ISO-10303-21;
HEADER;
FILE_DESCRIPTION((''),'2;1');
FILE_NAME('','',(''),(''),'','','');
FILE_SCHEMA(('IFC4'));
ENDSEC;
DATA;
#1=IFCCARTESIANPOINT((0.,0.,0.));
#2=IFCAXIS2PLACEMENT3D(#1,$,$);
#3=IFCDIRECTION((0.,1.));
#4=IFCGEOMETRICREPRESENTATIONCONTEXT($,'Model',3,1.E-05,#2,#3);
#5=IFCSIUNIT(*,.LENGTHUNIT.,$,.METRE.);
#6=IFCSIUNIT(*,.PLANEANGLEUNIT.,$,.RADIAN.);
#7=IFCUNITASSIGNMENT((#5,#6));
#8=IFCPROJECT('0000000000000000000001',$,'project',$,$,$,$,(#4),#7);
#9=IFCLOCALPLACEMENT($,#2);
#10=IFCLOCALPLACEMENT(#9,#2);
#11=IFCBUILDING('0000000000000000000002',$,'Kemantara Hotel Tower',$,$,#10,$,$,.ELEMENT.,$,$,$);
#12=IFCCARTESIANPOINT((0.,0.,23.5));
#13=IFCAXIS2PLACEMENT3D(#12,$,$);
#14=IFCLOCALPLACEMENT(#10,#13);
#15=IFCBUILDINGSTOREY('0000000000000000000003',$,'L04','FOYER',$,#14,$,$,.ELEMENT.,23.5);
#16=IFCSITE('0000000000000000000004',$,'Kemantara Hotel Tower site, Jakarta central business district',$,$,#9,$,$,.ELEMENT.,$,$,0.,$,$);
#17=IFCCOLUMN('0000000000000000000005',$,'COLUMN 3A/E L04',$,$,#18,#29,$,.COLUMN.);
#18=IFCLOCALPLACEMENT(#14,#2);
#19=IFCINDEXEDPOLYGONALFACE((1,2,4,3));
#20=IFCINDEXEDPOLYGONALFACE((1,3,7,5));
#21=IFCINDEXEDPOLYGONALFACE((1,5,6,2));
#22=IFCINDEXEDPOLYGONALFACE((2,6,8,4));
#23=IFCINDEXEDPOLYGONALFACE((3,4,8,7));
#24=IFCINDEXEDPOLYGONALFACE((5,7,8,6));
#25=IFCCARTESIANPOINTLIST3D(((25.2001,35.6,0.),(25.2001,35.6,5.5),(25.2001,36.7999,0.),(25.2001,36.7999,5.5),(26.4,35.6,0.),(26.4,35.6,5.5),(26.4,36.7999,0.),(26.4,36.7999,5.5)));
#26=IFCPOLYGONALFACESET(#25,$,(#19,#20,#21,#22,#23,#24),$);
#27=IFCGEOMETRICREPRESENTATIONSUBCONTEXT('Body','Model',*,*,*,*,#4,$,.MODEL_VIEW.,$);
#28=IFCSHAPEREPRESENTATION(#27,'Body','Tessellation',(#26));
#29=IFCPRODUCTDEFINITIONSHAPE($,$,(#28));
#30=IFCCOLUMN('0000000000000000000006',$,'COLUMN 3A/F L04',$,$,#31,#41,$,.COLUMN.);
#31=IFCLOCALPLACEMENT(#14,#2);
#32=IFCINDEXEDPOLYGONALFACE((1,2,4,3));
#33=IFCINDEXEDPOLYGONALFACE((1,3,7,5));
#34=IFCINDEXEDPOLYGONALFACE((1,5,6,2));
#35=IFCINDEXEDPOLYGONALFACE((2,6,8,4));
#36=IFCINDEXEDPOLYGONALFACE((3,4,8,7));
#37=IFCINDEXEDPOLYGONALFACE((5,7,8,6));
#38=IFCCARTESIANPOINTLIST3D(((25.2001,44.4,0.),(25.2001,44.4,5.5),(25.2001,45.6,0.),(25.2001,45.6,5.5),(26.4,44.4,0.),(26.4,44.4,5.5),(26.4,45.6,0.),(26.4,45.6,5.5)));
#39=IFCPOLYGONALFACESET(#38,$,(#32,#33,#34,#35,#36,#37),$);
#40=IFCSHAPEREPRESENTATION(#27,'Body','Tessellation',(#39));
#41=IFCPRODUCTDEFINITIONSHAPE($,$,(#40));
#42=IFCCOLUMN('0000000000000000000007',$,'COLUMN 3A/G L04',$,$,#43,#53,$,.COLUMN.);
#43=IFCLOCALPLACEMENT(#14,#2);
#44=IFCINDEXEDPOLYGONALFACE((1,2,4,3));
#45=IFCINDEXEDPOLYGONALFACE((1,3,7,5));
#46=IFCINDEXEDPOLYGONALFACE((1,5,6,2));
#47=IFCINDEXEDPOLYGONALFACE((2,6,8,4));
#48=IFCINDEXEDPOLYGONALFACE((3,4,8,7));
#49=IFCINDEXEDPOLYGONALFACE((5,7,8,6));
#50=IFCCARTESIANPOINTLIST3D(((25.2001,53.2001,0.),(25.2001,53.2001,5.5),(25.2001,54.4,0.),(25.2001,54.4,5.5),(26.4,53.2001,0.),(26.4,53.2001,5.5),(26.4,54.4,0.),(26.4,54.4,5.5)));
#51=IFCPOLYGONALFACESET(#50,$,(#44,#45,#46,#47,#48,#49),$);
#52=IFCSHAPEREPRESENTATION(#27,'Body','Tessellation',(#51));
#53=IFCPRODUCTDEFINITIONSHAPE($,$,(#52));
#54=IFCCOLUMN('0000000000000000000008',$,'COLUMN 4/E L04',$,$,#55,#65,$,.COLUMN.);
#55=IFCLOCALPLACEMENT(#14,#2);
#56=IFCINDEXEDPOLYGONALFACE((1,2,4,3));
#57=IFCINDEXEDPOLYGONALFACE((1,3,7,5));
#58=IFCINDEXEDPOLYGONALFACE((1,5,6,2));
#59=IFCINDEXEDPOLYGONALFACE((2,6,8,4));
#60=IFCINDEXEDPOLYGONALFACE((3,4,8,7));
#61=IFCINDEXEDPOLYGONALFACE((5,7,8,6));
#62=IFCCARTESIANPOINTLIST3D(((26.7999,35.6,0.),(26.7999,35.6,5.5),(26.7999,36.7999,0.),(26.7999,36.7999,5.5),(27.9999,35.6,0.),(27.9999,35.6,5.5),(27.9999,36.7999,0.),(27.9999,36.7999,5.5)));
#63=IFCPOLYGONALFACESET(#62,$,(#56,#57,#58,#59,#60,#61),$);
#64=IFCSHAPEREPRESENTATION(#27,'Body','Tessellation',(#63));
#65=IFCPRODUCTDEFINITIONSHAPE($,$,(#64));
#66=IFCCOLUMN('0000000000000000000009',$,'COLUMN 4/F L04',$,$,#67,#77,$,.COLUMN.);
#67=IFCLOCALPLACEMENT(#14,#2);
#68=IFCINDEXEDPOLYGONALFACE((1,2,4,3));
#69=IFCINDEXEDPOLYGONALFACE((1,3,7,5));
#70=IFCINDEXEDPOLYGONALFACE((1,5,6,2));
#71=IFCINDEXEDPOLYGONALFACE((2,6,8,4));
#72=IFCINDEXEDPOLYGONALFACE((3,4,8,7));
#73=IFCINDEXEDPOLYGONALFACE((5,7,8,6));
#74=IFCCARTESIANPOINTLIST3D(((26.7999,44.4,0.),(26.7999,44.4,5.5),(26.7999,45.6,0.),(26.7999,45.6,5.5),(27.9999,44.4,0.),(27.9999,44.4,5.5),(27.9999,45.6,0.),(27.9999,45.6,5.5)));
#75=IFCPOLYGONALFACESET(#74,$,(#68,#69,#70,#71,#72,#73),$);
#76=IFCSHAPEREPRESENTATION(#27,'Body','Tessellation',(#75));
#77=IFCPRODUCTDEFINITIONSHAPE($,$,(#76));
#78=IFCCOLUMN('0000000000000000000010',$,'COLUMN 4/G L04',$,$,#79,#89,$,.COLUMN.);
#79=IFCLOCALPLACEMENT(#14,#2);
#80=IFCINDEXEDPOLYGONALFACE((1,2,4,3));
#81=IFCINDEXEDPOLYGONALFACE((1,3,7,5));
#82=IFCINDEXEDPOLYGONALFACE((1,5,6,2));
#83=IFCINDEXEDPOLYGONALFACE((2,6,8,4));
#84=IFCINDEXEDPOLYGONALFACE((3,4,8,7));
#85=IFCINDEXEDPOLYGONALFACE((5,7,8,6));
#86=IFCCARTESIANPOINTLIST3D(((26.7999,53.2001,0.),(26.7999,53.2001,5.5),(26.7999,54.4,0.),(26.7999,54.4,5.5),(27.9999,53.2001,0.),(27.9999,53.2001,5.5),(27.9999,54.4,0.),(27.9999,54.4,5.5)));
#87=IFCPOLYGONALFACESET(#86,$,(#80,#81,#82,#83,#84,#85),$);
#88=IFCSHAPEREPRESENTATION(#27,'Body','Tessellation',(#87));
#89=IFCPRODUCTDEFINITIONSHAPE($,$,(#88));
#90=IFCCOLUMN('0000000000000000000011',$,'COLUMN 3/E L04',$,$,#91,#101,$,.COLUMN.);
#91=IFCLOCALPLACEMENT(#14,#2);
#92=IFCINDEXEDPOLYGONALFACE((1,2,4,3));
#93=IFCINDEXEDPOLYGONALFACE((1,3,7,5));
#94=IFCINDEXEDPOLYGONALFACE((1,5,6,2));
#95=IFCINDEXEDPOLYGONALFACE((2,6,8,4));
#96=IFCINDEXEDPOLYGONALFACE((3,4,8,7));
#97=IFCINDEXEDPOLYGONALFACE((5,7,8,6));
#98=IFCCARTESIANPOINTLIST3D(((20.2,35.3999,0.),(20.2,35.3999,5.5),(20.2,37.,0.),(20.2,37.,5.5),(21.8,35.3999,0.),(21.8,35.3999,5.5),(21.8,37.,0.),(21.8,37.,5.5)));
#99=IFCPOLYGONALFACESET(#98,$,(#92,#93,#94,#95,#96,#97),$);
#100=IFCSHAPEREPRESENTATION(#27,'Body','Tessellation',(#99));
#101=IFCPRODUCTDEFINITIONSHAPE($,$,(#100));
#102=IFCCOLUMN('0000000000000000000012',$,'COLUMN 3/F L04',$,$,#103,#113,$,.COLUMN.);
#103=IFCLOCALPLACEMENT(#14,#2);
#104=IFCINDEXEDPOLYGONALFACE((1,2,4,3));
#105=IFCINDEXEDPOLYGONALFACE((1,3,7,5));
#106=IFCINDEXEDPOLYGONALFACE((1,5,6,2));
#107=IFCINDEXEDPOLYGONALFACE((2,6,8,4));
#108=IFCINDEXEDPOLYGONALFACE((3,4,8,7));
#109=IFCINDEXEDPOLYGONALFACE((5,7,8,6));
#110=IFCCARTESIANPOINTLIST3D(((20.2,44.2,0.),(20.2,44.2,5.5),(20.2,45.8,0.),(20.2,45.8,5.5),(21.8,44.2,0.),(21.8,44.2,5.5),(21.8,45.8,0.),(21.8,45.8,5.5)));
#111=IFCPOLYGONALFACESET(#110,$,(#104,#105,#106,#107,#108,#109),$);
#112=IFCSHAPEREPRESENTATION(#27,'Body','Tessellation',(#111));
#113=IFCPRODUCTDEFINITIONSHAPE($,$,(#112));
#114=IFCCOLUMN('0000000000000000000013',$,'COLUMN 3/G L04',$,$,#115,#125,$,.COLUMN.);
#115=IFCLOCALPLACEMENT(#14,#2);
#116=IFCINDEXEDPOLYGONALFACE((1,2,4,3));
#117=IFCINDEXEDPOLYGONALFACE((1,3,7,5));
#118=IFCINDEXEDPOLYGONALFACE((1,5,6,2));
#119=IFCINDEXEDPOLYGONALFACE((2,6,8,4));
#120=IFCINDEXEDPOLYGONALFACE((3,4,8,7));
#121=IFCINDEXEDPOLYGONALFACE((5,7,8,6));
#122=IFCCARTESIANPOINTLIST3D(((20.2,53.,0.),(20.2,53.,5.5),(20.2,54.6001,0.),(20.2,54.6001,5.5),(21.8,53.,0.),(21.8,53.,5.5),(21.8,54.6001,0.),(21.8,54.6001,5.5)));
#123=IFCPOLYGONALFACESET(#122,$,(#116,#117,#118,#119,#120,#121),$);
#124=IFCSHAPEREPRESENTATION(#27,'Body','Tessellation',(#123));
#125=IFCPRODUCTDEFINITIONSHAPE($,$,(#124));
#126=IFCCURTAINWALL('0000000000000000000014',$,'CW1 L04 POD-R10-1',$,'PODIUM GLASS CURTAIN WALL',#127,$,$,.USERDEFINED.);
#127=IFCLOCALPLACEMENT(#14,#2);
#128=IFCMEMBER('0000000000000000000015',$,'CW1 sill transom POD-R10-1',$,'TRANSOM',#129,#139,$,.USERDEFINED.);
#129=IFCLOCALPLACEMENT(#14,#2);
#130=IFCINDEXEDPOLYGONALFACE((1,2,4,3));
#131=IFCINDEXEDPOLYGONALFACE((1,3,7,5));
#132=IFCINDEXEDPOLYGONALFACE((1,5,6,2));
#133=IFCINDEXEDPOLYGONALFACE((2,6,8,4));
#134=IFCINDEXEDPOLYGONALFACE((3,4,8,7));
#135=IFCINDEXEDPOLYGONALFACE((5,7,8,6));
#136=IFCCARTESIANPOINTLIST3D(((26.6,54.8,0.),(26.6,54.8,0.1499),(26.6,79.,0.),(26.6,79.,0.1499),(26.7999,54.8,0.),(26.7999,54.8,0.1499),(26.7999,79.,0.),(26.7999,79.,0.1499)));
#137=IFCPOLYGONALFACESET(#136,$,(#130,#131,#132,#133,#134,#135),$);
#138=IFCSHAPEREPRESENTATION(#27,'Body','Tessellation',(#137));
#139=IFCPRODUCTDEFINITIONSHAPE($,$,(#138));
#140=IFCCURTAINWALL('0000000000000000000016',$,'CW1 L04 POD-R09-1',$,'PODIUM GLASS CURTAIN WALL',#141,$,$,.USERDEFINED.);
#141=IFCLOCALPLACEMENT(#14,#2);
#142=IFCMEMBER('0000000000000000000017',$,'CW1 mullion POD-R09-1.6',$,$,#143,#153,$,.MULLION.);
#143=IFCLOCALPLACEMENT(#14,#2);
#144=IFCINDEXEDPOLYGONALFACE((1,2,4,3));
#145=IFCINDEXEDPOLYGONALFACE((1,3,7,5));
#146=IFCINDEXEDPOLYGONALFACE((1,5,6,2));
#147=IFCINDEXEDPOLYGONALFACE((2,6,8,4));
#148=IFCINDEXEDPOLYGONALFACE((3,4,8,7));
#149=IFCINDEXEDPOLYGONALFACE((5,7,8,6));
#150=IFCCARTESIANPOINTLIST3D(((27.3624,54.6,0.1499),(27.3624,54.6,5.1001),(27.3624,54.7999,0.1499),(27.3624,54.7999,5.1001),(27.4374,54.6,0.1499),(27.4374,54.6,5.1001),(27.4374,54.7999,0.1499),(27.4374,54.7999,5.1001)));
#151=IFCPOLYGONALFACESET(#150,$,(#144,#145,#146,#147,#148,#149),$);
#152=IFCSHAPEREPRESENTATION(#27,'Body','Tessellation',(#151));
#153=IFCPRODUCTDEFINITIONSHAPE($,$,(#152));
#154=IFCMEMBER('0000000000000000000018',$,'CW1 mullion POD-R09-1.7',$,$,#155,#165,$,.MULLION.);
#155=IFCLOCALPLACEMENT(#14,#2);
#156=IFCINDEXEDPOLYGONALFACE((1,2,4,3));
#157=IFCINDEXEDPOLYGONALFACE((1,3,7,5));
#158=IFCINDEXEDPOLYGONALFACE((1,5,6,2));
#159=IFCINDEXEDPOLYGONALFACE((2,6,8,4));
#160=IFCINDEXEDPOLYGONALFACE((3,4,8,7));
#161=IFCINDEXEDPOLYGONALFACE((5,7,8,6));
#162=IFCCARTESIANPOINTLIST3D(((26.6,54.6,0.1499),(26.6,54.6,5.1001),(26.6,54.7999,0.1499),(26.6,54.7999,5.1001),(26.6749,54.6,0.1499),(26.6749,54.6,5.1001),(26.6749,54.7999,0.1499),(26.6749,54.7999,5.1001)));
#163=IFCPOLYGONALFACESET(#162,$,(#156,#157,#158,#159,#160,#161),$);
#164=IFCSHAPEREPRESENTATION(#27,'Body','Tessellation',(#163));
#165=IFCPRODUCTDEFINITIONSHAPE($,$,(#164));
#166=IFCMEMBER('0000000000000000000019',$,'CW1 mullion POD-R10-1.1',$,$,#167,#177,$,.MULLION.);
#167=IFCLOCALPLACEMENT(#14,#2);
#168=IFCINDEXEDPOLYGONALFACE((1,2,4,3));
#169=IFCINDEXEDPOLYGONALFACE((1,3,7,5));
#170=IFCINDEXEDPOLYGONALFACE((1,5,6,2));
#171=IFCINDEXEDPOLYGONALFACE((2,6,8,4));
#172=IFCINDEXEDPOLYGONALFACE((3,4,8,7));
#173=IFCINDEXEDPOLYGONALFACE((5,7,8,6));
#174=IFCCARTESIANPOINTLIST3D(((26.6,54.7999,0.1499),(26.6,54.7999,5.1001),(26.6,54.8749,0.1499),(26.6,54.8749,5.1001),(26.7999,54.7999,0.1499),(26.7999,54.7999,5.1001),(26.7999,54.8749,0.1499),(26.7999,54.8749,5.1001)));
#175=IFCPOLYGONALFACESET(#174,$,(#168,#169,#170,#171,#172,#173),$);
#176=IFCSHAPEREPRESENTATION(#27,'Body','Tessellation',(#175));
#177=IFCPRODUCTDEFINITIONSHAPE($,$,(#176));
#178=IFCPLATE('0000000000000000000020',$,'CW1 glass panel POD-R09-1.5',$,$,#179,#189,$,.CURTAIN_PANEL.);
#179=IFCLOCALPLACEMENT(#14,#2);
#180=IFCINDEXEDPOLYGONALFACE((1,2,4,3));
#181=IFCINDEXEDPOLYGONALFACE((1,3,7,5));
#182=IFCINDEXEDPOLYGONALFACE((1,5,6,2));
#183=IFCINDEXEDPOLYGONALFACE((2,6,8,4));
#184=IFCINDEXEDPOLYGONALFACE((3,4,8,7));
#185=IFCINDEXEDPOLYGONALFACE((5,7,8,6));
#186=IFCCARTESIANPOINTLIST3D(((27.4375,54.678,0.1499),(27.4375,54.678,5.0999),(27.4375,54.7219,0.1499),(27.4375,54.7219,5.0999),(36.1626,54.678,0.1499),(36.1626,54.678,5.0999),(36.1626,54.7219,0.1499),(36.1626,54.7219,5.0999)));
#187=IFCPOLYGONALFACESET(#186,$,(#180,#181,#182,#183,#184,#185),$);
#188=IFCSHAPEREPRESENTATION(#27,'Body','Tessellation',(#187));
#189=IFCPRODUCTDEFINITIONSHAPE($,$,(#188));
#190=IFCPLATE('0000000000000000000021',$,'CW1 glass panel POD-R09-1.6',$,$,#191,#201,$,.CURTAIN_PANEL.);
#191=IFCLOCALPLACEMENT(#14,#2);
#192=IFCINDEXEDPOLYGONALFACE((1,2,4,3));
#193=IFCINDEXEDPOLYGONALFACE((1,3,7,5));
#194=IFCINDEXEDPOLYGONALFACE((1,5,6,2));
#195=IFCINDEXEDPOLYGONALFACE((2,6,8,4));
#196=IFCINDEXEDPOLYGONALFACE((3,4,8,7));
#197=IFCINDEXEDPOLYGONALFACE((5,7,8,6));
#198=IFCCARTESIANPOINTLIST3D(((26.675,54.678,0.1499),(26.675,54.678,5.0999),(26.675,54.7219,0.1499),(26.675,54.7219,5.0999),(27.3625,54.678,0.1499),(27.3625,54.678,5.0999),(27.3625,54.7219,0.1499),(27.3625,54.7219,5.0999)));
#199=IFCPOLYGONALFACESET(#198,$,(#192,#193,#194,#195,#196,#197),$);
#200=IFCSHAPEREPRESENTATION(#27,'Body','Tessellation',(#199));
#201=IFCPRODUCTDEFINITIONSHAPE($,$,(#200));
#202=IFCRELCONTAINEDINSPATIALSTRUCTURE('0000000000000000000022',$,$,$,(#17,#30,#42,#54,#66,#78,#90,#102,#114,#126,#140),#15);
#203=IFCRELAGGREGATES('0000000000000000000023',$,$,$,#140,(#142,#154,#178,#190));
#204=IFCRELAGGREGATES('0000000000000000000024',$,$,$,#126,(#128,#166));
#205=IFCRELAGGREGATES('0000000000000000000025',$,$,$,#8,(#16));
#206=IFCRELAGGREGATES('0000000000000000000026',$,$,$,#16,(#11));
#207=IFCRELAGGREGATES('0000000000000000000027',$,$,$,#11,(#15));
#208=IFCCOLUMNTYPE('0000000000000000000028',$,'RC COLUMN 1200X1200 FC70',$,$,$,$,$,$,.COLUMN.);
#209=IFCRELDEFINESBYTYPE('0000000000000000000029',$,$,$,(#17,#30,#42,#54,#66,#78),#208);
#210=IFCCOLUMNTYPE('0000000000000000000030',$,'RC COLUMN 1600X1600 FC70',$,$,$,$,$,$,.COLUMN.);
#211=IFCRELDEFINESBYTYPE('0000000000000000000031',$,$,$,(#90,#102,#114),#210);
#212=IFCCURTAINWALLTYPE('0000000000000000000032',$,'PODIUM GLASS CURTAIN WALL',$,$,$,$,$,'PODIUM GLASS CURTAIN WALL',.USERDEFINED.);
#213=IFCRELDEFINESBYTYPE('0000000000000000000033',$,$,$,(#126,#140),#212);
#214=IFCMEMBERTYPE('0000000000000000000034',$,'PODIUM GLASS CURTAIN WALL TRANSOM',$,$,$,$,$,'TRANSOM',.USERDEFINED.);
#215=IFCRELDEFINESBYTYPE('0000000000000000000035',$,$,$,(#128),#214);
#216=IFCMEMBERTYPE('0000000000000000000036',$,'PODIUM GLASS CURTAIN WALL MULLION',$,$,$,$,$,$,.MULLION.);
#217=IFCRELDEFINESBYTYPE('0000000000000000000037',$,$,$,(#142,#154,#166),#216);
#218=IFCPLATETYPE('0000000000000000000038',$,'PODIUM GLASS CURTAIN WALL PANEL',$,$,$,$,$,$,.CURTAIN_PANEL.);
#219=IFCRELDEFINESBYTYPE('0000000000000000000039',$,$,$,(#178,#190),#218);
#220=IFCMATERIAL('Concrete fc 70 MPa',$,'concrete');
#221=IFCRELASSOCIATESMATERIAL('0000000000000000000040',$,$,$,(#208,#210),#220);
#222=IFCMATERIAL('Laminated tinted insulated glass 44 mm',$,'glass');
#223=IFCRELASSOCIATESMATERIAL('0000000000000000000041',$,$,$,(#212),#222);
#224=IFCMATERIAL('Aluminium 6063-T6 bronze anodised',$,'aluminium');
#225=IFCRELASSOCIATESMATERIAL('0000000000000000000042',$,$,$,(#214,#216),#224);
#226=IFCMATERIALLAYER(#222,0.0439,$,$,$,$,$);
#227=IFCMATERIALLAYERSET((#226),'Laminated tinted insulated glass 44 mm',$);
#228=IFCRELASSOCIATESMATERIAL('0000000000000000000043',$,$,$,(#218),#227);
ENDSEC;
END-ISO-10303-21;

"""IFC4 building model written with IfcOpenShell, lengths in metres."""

from ifc_helpers import new_model, si_unit, direction, frame, origin, origin_2d, place, context, subcontext, project, spatial, rectangle, extrude, source, transform, mapped, material, layer, layer_set, material_profile, profile_set, type_object, element, aggregate, save


model = new_model("IFC4")

# Units and contexts
model_context = context("Model", 3, precision=1e-05, world=origin(), true_north=direction((0.0, 1.0)))
body_context = subcontext(model_context, "Body", "Model", "MODEL_VIEW")
ifc_project = project(units=[si_unit("LENGTHUNIT", "METRE"), si_unit("PLANEANGLEUNIT", "RADIAN")], contexts=[model_context])

# Site, building, storey
site_placement = place(None, origin())
site = spatial("IfcSite", under=ifc_project, at=site_placement, Name="Kemantara Hotel Tower site, Jakarta central business district", CompositionType="ELEMENT", RefElevation=0.0)
building_placement = place(site_placement, origin())
building = spatial("IfcBuilding", under=site, at=building_placement, Name="Kemantara Hotel Tower", CompositionType="ELEMENT")
storey_placement = place(building_placement, frame((0.0, 0.0, 23.5)))
storey = spatial("IfcBuildingStorey", under=building, at=storey_placement, Name="L04", Description="FOYER", CompositionType="ELEMENT", Elevation=23.5)

# Columns
ifc_material_1 = material(Name="Concrete fc 70 MPa", Category="concrete")
ifc_material_profile_1 = material_profile(ifc_material_1, rectangle(XDim=1.2, YDim=1.2, at=origin_2d()), Name="RC 1200X1200")
ifc_profile_set_1 = profile_set([ifc_material_profile_1], Name="Concrete fc 70 MPa")
column_type_1 = type_object("IfcColumnType", Name="RC COLUMN 1200X1200 FC70", PredefinedType="COLUMN", material=ifc_profile_set_1)
for number, where, z_axis, x_axis, name in (
    (1, (25.8, 36.2, 0.0), (0.0, 0.0, 1.0), (1.0, 0.0, 0.0), "COLUMN 3A/E L04"),
    (2, (25.8, 45.0, 0.0), (0.0, 0.0, 1.0), (1.0, 0.0, 0.0), "COLUMN 3A/F L04"),
    (3, (25.8, 53.8, 0.0), (0.0, 0.0, 1.0), (1.0, 0.0, 0.0), "COLUMN 3A/G L04"),
    (4, (27.3999, 36.2, 0.0), (0.0, 0.0, 1.0), (1.0, 0.0, 0.0), "COLUMN 4/E L04"),
    (5, (27.3999, 45.0, 0.0), (0.0, 0.0, 1.0), (1.0, 0.0, 0.0), "COLUMN 4/F L04"),
    (6, (27.3999, 53.8, 0.0), (0.0, 0.0, 1.0), (1.0, 0.0, 0.0), "COLUMN 4/G L04"),
):
    element("IfcColumn", number, at=place(storey_placement, frame(where, z_axis=z_axis, x_axis=x_axis)), inside=storey, type_object=column_type_1, Name=name, PredefinedType="COLUMN", context=body_context, shape_type="SweptSolid", body=[
        extrude(rectangle(XDim=1.2, YDim=1.2, at=origin_2d()), origin(), (0.0, 0.0, 1.0), 5.5),
    ])
ifc_material_profile_2 = material_profile(ifc_material_1, rectangle(XDim=1.6001, YDim=1.6001, at=origin_2d()), Name="RC 1600X1600")
ifc_profile_set_2 = profile_set([ifc_material_profile_2], Name="Concrete fc 70 MPa")
column_type_2 = type_object("IfcColumnType", Name="RC COLUMN 1600X1600 FC70", PredefinedType="COLUMN", material=ifc_profile_set_2)
for number, where, z_axis, x_axis, name in (
    (7, (21.0, 36.2, 0.0), (0.0, 0.0, 1.0), (1.0, 0.0, 0.0), "COLUMN 3/E L04"),
    (8, (21.0, 45.0, 0.0), (0.0, 0.0, 1.0), (1.0, 0.0, 0.0), "COLUMN 3/F L04"),
    (9, (21.0, 53.8, 0.0), (0.0, 0.0, 1.0), (1.0, 0.0, 0.0), "COLUMN 3/G L04"),
):
    element("IfcColumn", number, at=place(storey_placement, frame(where, z_axis=z_axis, x_axis=x_axis)), inside=storey, type_object=column_type_2, Name=name, PredefinedType="COLUMN", context=body_context, shape_type="SweptSolid", body=[
        extrude(rectangle(XDim=1.6001, YDim=1.6001, at=origin_2d()), origin(), (0.0, 0.0, 1.0), 5.5),
    ])

# Curtain wall, member
ifc_material_2 = material(Name="Laminated tinted insulated glass 44 mm", Category="glass")
curtain_wall_type = type_object("IfcCurtainWallType", Name="PODIUM GLASS CURTAIN WALL", ElementType="PODIUM GLASS CURTAIN WALL", PredefinedType="USERDEFINED", material=ifc_material_2)
curtain_wall_1_placement = place(storey_placement, origin())
curtain_wall_1 = element("IfcCurtainWall", 10, at=curtain_wall_1_placement, inside=storey, type_object=curtain_wall_type, Name="CW1 L04 POD-R10-1", ObjectType="PODIUM GLASS CURTAIN WALL", PredefinedType="USERDEFINED")
ifc_material_3 = material(Name="Aluminium 6063-T6 bronze anodised", Category="aluminium")
ifc_material_profile_3 = material_profile(ifc_material_3, rectangle(XDim=0.2, YDim=0.1499, at=origin_2d()), Name="PODIUM GLASS CURTAIN WALL TRANSOM")
ifc_profile_set_3 = profile_set([ifc_material_profile_3], Name="Aluminium 6063-T6 bronze anodised")
member_type_1 = type_object("IfcMemberType", Name="PODIUM GLASS CURTAIN WALL TRANSOM", ElementType="TRANSOM", PredefinedType="USERDEFINED", material=ifc_profile_set_3)
member_1_placement = place(storey_placement, frame((26.7, 54.8, 0.075), z_axis=(0.0, 1.0, 0.0), x_axis=(-1.0, 0.0, 0.0)))
member_1 = element("IfcMember", 11, at=member_1_placement, type_object=member_type_1, Name="CW1 sill transom POD-R10-1", ObjectType="TRANSOM", PredefinedType="USERDEFINED", context=body_context, shape_type="SweptSolid", body=[
    extrude(rectangle(XDim=0.2, YDim=0.1499, at=origin_2d()), origin(), (0.0, 0.0, 1.0), 24.2),
])

# Curtain wall, members
curtain_wall_2_placement = place(storey_placement, origin())
curtain_wall_2 = element("IfcCurtainWall", 12, at=curtain_wall_2_placement, inside=storey, type_object=curtain_wall_type, Name="CW1 L04 POD-R09-1", ObjectType="PODIUM GLASS CURTAIN WALL", PredefinedType="USERDEFINED")
ifc_material_profile_4 = material_profile(ifc_material_3, rectangle(XDim=0.2, YDim=0.075, at=origin_2d()), Name="PODIUM GLASS CURTAIN WALL MULLION")
ifc_profile_set_4 = profile_set([ifc_material_profile_4], Name="Aluminium 6063-T6 bronze anodised")
member_type_2 = type_object("IfcMemberType", Name="PODIUM GLASS CURTAIN WALL MULLION", PredefinedType="MULLION", material=ifc_profile_set_4)
shared_shape_1 = source(origin(), body_context, "Body", "SweptSolid", [
    extrude(rectangle(XDim=0.2, YDim=0.075, at=origin_2d()), origin(), (0.0, 0.0, 1.0), 4.9502),
])
member_2_placement = place(storey_placement, frame((27.3999, 54.7, 0.1499), z_axis=(0.0, 0.0, 1.0), x_axis=(0.0, -1.0, 0.0)))
member_2 = element("IfcMember", 13, at=member_2_placement, type_object=member_type_2, Name="CW1 mullion POD-R09-1.6", PredefinedType="MULLION", context=body_context, shape_type="MappedRepresentation", body=[
    mapped(shared_shape_1, transform((0.0, 0.0, 0.0))),
])
member_3_placement = place(storey_placement, frame((26.6375, 54.7, 0.1499), z_axis=(0.0, 0.0, 1.0), x_axis=(0.0, -1.0, 0.0)))
member_3 = element("IfcMember", 14, at=member_3_placement, type_object=member_type_2, Name="CW1 mullion POD-R09-1.7", PredefinedType="MULLION", context=body_context, shape_type="MappedRepresentation", body=[
    mapped(shared_shape_1, transform((0.0, 0.0, 0.0))),
])

# Member
member_4_placement = place(storey_placement, frame((26.7, 54.8374, 0.1499), z_axis=(0.0, 0.0, 1.0), x_axis=(-1.0, 0.0, 0.0)))
member_4 = element("IfcMember", 15, at=member_4_placement, type_object=member_type_2, Name="CW1 mullion POD-R10-1.1", PredefinedType="MULLION", context=body_context, shape_type="MappedRepresentation", body=[
    mapped(shared_shape_1, transform((0.0, 0.0, 0.0))),
])

# Plates
ifc_layer_1 = layer(ifc_material_2, 0.0439)
ifc_layer_set_1 = layer_set([ifc_layer_1], Name="Laminated tinted insulated glass 44 mm")
plate_type = type_object("IfcPlateType", Name="PODIUM GLASS CURTAIN WALL PANEL", PredefinedType="CURTAIN_PANEL", material=ifc_layer_set_1)
shared_shape_2 = source(origin(), body_context, "Body", "SweptSolid", [
    extrude(rectangle(XDim=8.7251, YDim=0.0439, at=origin_2d()), origin(), (0.0, 0.0, 1.0), 4.95),
])
plate_1_placement = place(storey_placement, frame((31.8, 54.7, 0.1499), z_axis=(0.0, 0.0, 1.0), x_axis=(-1.0, 0.0, 0.0)))
plate_1 = element("IfcPlate", 16, at=plate_1_placement, type_object=plate_type, Name="CW1 glass panel POD-R09-1.5", PredefinedType="CURTAIN_PANEL", context=body_context, shape_type="MappedRepresentation", body=[
    mapped(shared_shape_2, transform((0.0, 0.0, 0.0))),
])
shared_shape_3 = source(origin(), body_context, "Body", "SweptSolid", [
    extrude(rectangle(XDim=0.6875, YDim=0.0439, at=origin_2d()), origin(), (0.0, 0.0, 1.0), 4.95),
])
plate_2_placement = place(storey_placement, frame((27.0188, 54.7, 0.1499), z_axis=(0.0, 0.0, 1.0), x_axis=(-1.0, 0.0, 0.0)))
plate_2 = element("IfcPlate", 17, at=plate_2_placement, type_object=plate_type, Name="CW1 glass panel POD-R09-1.6", PredefinedType="CURTAIN_PANEL", context=body_context, shape_type="MappedRepresentation", body=[
    mapped(shared_shape_3, transform((0.0, 0.0, 0.0))),
])
aggregate(curtain_wall_2, [member_2, member_3, plate_1, plate_2])
aggregate(curtain_wall_1, [member_1, member_4])

save(model, "model.ifc")
